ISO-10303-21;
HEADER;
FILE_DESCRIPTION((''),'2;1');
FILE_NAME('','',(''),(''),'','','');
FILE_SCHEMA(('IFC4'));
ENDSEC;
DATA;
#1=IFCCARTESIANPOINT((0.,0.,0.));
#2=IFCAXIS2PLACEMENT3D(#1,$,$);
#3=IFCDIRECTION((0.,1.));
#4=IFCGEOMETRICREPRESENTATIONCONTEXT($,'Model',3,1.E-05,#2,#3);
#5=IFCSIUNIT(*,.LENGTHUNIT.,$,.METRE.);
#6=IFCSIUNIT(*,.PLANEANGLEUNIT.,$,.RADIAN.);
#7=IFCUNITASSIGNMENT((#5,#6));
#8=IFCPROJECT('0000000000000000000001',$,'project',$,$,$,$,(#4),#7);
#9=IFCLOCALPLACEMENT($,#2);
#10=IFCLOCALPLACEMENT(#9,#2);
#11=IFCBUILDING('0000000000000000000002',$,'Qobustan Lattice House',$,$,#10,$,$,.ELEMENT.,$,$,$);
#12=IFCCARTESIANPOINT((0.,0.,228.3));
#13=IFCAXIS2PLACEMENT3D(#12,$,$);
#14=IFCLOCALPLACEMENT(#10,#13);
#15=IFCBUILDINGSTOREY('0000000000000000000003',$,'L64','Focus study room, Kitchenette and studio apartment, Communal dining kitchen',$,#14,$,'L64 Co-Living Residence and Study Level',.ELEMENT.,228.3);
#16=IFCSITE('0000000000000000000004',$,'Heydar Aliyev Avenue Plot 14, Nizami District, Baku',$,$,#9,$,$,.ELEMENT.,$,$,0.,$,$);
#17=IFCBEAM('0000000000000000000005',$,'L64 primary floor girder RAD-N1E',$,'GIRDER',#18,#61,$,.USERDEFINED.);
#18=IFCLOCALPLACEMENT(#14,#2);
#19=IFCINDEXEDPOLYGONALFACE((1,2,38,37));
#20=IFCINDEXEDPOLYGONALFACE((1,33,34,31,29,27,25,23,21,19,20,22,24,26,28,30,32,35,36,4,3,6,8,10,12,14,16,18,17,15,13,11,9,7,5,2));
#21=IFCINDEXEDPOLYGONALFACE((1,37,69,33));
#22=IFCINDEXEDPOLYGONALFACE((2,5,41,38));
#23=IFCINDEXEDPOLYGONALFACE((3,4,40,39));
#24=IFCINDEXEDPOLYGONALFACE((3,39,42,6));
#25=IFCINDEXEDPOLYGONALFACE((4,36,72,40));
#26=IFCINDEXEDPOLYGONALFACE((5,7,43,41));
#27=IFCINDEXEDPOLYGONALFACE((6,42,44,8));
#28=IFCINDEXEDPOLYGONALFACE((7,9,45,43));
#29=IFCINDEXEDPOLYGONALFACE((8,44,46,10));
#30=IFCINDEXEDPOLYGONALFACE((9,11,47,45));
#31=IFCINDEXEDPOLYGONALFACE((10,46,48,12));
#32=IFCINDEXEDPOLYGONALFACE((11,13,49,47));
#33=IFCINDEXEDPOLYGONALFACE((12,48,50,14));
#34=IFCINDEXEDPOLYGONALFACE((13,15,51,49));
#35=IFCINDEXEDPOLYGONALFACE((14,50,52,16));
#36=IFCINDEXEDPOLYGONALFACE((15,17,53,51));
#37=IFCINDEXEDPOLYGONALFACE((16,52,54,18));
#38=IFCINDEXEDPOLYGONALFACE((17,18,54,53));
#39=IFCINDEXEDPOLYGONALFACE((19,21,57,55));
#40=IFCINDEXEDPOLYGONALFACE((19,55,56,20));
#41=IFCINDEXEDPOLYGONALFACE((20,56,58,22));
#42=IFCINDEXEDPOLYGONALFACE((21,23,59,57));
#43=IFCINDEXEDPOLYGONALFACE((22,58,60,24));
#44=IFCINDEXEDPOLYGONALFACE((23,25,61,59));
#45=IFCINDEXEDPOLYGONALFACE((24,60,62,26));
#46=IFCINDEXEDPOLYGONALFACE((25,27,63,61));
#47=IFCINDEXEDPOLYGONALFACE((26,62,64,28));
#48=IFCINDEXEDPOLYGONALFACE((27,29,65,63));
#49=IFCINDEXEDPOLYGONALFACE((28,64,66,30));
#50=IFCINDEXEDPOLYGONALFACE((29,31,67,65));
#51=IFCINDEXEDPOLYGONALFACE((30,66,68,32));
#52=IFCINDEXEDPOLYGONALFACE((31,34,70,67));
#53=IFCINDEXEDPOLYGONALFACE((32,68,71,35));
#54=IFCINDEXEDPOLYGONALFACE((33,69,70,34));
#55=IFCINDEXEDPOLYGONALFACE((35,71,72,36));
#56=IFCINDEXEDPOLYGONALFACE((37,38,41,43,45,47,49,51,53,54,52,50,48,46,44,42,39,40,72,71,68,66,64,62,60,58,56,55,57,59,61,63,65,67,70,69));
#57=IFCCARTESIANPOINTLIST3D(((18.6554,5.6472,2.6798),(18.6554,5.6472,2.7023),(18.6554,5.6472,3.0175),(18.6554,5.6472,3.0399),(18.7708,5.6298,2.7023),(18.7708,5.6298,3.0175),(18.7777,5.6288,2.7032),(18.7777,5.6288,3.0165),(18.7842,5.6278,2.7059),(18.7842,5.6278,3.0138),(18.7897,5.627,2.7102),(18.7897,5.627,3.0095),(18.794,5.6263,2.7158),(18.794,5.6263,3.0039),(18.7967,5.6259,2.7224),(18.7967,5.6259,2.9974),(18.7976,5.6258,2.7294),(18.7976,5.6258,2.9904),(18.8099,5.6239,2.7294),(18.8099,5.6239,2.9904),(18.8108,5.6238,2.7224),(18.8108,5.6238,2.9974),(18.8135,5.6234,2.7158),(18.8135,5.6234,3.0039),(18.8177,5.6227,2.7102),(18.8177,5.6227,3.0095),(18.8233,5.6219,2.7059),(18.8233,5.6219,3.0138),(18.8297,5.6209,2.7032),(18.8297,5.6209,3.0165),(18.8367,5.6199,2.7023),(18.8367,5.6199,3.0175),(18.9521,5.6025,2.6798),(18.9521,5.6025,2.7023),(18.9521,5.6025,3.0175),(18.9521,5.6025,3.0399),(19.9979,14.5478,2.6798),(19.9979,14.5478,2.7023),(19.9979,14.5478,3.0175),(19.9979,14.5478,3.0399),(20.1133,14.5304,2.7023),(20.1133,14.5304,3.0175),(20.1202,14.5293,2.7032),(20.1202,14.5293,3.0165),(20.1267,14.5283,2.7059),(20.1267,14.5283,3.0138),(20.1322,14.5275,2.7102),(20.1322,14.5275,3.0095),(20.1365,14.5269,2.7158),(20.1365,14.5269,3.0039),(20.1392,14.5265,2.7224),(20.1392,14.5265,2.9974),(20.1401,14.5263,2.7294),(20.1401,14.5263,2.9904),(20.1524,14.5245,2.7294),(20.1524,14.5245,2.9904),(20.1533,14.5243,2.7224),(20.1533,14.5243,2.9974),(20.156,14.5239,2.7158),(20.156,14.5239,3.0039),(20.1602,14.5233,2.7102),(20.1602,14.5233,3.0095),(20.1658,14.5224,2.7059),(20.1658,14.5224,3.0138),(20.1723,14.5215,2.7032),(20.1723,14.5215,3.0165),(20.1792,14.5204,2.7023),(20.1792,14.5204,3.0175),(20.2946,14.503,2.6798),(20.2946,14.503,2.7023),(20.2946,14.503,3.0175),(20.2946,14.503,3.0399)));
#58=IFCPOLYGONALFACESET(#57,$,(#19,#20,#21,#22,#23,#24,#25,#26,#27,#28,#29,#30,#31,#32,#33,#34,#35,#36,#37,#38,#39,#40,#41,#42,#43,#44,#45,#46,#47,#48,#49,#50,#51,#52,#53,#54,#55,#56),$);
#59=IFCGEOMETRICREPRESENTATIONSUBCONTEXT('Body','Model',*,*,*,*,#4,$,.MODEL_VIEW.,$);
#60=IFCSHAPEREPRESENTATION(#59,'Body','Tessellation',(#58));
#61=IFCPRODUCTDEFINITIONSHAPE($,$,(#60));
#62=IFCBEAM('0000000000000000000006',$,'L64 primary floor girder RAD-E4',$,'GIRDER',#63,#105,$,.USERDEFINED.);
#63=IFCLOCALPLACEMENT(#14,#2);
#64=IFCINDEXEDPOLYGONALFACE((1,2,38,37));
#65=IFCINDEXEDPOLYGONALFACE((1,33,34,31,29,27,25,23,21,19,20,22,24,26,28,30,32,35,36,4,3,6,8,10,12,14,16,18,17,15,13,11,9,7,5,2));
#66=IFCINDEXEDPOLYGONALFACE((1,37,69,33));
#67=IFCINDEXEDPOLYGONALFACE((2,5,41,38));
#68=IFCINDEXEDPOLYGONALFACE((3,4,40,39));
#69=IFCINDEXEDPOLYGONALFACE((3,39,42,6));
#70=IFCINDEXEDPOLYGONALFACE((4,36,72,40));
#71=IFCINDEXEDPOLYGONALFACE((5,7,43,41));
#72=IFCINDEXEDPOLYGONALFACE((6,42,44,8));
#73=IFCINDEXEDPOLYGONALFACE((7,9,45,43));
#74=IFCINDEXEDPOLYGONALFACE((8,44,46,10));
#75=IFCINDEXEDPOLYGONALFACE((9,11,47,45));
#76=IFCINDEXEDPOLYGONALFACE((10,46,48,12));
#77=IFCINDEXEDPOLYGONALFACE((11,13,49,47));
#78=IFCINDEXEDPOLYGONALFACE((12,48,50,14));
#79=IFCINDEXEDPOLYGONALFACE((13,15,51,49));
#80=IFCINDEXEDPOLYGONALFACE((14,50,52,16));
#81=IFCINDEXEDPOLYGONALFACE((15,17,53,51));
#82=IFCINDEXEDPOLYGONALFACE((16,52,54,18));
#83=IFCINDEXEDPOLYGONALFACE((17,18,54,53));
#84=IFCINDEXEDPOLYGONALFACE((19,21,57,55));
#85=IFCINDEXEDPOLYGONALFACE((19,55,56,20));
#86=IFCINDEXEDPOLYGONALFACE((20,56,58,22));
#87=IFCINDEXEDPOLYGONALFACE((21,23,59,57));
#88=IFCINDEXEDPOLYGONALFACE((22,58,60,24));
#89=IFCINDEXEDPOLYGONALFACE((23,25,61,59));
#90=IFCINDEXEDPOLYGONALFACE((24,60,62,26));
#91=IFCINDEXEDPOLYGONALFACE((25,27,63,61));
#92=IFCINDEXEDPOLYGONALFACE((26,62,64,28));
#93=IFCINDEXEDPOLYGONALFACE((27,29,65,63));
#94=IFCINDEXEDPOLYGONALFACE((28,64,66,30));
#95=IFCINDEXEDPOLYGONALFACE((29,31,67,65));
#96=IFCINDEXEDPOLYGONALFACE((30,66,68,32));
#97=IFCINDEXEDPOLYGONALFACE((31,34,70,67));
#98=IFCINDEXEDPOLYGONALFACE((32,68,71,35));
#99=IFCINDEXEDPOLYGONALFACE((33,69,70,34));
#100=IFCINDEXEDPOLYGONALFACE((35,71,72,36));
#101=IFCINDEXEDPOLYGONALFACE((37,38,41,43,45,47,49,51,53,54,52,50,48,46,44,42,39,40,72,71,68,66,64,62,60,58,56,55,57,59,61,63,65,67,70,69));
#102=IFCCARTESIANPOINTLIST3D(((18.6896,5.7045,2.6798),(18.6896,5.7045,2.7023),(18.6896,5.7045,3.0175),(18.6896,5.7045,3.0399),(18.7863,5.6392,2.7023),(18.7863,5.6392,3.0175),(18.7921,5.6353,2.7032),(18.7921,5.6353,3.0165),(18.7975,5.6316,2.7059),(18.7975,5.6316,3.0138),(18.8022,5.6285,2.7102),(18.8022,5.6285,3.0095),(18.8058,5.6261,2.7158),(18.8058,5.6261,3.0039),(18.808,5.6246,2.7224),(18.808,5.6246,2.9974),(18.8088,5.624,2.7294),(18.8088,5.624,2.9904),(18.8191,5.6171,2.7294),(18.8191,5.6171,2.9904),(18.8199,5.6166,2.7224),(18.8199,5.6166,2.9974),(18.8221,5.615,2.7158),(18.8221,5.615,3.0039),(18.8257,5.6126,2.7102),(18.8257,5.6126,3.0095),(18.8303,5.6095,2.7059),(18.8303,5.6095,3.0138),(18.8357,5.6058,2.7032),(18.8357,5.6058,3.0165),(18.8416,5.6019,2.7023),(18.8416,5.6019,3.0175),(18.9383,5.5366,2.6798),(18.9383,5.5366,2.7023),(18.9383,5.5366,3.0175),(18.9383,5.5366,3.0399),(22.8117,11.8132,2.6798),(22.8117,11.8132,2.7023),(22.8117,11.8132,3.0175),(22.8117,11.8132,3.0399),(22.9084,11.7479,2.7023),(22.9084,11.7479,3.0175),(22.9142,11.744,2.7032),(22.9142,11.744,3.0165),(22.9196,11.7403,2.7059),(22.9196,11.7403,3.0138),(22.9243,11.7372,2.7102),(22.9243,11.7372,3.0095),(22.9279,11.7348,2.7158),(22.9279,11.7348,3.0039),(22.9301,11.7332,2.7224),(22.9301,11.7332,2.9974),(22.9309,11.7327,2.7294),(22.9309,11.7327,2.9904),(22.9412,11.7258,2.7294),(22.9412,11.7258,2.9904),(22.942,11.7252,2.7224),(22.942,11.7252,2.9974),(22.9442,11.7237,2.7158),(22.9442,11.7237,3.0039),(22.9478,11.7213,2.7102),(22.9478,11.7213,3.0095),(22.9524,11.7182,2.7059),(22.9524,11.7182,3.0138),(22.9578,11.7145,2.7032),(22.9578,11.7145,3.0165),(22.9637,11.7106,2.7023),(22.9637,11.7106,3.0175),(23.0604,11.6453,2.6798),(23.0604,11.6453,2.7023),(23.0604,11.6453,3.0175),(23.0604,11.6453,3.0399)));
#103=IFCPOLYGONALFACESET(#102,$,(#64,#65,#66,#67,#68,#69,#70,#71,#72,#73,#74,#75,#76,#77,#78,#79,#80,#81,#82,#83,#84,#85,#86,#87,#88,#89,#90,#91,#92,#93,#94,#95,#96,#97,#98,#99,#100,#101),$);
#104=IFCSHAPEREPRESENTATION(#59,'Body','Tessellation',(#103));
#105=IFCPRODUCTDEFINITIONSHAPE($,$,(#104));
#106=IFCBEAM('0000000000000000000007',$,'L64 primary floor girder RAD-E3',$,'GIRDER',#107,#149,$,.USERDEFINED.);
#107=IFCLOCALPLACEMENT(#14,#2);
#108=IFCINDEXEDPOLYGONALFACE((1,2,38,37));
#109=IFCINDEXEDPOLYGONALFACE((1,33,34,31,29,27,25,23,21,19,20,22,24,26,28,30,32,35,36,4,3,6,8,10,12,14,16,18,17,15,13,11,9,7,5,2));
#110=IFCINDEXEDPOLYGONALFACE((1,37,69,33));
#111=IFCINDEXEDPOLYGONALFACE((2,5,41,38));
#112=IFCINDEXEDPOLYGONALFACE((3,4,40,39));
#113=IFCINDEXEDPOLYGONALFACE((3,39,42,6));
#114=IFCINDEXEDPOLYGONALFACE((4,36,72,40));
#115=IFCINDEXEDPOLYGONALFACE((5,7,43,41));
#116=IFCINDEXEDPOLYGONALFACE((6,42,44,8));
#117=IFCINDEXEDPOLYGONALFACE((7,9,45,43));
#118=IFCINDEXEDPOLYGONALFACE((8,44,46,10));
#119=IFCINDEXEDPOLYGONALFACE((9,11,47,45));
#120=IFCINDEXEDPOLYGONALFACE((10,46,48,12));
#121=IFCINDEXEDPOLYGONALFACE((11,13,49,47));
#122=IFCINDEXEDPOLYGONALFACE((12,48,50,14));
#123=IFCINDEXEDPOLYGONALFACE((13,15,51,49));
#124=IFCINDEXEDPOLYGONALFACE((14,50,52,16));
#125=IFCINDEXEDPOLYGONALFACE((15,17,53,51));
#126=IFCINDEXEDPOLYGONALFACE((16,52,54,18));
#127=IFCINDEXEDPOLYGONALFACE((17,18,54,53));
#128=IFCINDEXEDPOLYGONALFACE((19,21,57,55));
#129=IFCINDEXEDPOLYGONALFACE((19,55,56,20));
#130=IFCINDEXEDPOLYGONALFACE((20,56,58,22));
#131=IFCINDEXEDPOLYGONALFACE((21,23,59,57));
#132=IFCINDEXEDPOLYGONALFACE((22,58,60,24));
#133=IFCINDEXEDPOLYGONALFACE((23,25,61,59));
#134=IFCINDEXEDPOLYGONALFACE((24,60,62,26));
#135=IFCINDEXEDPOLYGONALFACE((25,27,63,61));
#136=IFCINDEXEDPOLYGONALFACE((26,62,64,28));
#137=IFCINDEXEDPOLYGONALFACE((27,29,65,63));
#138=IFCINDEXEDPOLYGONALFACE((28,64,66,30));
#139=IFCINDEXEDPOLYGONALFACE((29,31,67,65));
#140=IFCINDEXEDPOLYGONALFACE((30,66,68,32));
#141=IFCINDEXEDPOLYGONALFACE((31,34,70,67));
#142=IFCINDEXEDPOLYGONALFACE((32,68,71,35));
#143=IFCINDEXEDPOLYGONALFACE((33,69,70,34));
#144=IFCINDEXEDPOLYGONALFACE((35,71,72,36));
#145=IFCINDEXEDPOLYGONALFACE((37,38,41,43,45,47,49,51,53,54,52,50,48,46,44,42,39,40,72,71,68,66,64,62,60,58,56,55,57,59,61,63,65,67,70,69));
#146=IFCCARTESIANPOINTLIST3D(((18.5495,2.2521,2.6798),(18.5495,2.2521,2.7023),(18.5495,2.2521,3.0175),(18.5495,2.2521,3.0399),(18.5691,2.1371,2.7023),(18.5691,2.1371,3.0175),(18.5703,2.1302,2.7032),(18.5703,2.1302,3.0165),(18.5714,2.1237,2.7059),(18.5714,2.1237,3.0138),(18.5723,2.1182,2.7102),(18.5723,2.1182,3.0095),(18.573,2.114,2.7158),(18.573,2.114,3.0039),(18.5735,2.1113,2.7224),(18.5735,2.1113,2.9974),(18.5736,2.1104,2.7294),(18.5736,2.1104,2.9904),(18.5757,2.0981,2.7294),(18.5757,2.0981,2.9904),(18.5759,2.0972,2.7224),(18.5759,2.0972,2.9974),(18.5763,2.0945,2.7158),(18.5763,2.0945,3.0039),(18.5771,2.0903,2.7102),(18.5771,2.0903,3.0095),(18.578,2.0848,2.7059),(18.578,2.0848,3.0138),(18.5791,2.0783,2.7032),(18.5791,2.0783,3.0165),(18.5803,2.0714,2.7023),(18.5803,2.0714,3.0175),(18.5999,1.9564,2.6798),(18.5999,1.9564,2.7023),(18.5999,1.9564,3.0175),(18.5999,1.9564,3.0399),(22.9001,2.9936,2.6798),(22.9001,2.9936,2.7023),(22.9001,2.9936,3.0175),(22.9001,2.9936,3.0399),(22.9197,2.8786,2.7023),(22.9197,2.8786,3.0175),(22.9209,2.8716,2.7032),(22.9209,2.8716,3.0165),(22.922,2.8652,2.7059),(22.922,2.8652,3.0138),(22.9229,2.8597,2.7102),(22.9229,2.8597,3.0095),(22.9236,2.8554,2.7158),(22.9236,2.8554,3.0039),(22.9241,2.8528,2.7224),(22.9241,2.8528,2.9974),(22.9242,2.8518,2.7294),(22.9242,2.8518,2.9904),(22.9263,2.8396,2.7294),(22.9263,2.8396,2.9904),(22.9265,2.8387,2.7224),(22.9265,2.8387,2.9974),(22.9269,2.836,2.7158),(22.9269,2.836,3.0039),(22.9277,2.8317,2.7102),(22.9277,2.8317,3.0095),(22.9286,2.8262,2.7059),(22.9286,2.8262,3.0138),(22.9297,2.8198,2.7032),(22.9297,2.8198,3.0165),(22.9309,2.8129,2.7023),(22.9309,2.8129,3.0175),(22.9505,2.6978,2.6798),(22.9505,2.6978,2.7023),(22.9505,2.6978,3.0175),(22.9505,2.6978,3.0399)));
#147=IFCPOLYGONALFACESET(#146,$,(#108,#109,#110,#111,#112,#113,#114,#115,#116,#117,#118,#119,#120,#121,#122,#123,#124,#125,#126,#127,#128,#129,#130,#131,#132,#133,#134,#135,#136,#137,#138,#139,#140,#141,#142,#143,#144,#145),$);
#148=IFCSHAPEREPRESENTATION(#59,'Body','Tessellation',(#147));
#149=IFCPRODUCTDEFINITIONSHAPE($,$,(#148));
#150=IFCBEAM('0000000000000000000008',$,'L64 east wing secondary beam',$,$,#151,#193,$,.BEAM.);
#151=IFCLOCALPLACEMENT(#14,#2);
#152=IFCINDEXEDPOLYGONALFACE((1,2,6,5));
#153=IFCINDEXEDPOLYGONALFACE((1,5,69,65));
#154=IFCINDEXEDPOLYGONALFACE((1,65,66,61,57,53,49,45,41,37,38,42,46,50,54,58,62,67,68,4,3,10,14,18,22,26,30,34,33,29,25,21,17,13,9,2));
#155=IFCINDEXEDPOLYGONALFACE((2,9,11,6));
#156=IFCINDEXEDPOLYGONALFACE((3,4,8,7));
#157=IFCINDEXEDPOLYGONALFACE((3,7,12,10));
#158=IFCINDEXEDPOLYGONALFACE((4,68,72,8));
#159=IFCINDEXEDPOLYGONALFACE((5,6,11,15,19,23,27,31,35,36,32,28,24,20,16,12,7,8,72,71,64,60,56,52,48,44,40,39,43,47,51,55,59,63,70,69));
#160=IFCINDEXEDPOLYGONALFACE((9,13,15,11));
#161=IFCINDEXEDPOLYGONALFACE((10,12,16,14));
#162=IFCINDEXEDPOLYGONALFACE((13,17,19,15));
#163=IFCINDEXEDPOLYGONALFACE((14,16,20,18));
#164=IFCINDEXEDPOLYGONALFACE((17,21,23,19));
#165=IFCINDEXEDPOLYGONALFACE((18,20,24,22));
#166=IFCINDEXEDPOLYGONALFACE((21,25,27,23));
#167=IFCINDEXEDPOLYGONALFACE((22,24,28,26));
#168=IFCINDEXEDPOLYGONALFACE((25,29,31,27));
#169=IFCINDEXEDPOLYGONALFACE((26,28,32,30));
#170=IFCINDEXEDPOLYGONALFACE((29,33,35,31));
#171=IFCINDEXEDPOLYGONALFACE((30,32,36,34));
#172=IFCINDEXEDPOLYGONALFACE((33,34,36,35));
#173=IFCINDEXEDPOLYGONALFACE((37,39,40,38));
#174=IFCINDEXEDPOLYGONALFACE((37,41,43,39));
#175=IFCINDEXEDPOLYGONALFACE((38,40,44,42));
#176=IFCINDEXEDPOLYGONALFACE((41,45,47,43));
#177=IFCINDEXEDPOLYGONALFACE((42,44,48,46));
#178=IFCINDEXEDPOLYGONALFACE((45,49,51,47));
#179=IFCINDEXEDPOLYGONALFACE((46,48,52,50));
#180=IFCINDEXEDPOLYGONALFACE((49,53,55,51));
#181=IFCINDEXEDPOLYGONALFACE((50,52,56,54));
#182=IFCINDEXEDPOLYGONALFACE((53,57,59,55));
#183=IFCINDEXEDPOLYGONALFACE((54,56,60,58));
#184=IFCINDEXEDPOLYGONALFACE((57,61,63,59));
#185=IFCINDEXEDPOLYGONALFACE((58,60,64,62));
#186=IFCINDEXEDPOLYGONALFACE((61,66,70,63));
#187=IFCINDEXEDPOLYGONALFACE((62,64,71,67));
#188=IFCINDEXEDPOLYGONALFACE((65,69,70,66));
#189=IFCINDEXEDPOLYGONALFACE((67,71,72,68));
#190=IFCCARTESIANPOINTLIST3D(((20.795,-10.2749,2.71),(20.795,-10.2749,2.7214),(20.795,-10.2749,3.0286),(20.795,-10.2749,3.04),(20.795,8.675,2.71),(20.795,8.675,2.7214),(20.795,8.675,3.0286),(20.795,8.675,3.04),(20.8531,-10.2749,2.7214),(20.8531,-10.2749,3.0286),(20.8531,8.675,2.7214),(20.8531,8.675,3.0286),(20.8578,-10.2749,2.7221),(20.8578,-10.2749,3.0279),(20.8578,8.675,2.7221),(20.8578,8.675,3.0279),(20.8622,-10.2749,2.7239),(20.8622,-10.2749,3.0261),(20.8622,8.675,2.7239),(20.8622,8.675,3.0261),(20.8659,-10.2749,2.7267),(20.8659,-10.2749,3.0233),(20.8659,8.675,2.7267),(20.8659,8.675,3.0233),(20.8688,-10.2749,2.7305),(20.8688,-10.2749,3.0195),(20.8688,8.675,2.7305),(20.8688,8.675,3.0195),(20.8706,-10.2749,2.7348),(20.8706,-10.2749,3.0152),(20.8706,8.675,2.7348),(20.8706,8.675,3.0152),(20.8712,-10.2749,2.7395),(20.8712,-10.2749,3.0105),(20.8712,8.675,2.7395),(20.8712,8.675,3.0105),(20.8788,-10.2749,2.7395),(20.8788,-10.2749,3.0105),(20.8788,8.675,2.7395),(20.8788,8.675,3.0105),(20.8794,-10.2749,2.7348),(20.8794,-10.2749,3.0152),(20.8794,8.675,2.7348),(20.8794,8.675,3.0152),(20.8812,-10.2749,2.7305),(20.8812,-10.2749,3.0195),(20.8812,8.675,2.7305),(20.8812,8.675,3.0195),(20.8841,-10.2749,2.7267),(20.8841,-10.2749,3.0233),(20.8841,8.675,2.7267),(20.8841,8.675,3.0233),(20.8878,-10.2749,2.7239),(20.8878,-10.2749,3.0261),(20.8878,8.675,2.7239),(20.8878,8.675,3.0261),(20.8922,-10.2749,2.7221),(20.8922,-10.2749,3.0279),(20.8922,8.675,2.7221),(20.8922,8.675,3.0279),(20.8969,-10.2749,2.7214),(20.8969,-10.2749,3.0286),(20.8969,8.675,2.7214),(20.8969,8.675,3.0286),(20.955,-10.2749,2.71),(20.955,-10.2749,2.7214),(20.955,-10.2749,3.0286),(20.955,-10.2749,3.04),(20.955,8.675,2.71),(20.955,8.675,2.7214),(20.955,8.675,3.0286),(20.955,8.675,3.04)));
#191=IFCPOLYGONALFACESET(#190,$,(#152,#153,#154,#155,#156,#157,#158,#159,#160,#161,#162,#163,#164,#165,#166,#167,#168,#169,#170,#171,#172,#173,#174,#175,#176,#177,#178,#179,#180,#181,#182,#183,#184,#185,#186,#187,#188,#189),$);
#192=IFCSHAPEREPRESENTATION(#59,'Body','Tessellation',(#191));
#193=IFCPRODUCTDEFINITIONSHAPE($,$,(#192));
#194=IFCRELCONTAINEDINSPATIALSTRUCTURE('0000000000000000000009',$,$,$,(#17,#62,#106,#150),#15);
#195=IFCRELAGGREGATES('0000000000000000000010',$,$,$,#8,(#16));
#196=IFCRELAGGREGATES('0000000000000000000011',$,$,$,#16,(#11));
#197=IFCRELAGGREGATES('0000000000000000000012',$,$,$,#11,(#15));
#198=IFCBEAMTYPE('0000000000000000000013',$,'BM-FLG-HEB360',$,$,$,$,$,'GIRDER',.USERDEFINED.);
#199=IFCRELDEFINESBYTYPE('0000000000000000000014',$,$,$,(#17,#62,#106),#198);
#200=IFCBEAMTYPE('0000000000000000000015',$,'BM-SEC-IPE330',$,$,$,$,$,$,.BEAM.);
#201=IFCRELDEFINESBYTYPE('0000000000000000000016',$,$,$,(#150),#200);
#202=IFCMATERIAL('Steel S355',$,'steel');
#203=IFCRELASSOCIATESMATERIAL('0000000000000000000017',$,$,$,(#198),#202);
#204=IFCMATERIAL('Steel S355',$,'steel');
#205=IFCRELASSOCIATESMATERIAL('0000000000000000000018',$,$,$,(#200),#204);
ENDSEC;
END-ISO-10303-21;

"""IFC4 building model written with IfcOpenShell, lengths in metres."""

from ifc_helpers import new_model, si_unit, direction, frame, origin, origin_2d, place, context, subcontext, project, spatial, i_section, extrude, material, material_profile, profile_set, type_object, element, save


model = new_model("IFC4")

# Units and contexts
model_context = context("Model", 3, precision=1e-05, world=origin(), true_north=direction((0.0, 1.0)))
body_context = subcontext(model_context, "Body", "Model", "MODEL_VIEW")
ifc_project = project(units=[si_unit("LENGTHUNIT", "METRE"), si_unit("PLANEANGLEUNIT", "RADIAN")], contexts=[model_context])

# Site, building, storey
site_placement = place(None, origin())
site = spatial("IfcSite", under=ifc_project, at=site_placement, Name="Heydar Aliyev Avenue Plot 14, Nizami District, Baku", CompositionType="ELEMENT", RefElevation=0.0)
building_placement = place(site_placement, origin())
building = spatial("IfcBuilding", under=site, at=building_placement, Name="Qobustan Lattice House", CompositionType="ELEMENT")
storey_placement = place(building_placement, frame((0.0, 0.0, 228.3)))
storey = spatial("IfcBuildingStorey", under=building, at=storey_placement, Name="L64", Description="Focus study room, Kitchenette and studio apartment, Communal dining kitchen", LongName="L64 Co-Living Residence and Study Level", CompositionType="ELEMENT", Elevation=228.3)

# Beams
ifc_material_1 = material(Name="Steel S355", Category="steel")
ifc_material_profile_1 = material_profile(ifc_material_1, i_section(OverallWidth=0.3, OverallDepth=0.3601, WebThickness=0.0125, FlangeThickness=0.0225, FilletRadius=0.0271, at=origin_2d()), Name="HEB360")
ifc_profile_set_1 = profile_set([ifc_material_profile_1], Name="Steel S355")
beam_type_1 = type_object("IfcBeamType", Name="BM-FLG-HEB360", ElementType="GIRDER", PredefinedType="USERDEFINED", material=ifc_profile_set_1)
beam_1_placement = place(storey_placement, frame((20.1462, 14.5254, 2.8599), z_axis=(-0.149148, -0.988815, 0.0), x_axis=(0.988815, -0.149148, 0.0)))
element("IfcBeam", 1, at=beam_1_placement, inside=storey, type_object=beam_type_1, Name="L64 primary floor girder RAD-N1E", ObjectType="GIRDER", PredefinedType="USERDEFINED", context=body_context, shape_type="SweptSolid", body=[
    extrude(i_section(OverallWidth=0.3, OverallDepth=0.3601, WebThickness=0.0125, FlangeThickness=0.0225, FilletRadius=0.0271, at=origin_2d()), origin(), (0.0, 0.0, 1.0), 9.0012),
])
beam_2_placement = place(storey_placement, frame((22.936, 11.7292, 2.8599), z_axis=(-0.559355, -0.828928, 0.0), x_axis=(0.828928, -0.559355, 0.0)))
element("IfcBeam", 2, at=beam_2_placement, inside=storey, type_object=beam_type_1, Name="L64 primary floor girder RAD-E4", ObjectType="GIRDER", PredefinedType="USERDEFINED", context=body_context, shape_type="SweptSolid", body=[
    extrude(i_section(OverallWidth=0.3, OverallDepth=0.3601, WebThickness=0.0125, FlangeThickness=0.0225, FilletRadius=0.0271, at=origin_2d()), origin(), (0.0, 0.0, 1.0), 7.3694),
])
beam_3_placement = place(storey_placement, frame((22.9253, 2.8457, 2.8599), z_axis=(-0.985786, -0.168004, 0.0), x_axis=(0.168004, -0.985786, 0.0)))
element("IfcBeam", 3, at=beam_3_placement, inside=storey, type_object=beam_type_1, Name="L64 primary floor girder RAD-E3", ObjectType="GIRDER", PredefinedType="USERDEFINED", context=body_context, shape_type="SweptSolid", body=[
    extrude(i_section(OverallWidth=0.3, OverallDepth=0.3601, WebThickness=0.0125, FlangeThickness=0.0225, FilletRadius=0.0271, at=origin_2d()), origin(), (0.0, 0.0, 1.0), 4.4133),
])
ifc_material_2 = material(Name="Steel S355", Category="steel")
ifc_material_profile_2 = material_profile(ifc_material_2, i_section(OverallWidth=0.1599, OverallDepth=0.3301, WebThickness=0.0076, FlangeThickness=0.0115, FilletRadius=0.0181, at=origin_2d()), Name="IPE330")
ifc_profile_set_2 = profile_set([ifc_material_profile_2], Name="Steel S355")
beam_type_2 = type_object("IfcBeamType", Name="BM-SEC-IPE330", PredefinedType="BEAM", material=ifc_profile_set_2)
beam_4_placement = place(storey_placement, frame((20.875, 8.675, 2.875), z_axis=(0.0, -1.0, 0.0), x_axis=(1.0, 0.0, 0.0)))
element("IfcBeam", 4, at=beam_4_placement, inside=storey, type_object=beam_type_2, Name="L64 east wing secondary beam", PredefinedType="BEAM", context=body_context, shape_type="SweptSolid", body=[
    extrude(i_section(OverallWidth=0.1599, OverallDepth=0.3301, WebThickness=0.0076, FlangeThickness=0.0115, FilletRadius=0.0181, at=origin_2d()), origin(), (0.0, 0.0, 1.0), 18.95),
])

save(model, "model.ifc")
